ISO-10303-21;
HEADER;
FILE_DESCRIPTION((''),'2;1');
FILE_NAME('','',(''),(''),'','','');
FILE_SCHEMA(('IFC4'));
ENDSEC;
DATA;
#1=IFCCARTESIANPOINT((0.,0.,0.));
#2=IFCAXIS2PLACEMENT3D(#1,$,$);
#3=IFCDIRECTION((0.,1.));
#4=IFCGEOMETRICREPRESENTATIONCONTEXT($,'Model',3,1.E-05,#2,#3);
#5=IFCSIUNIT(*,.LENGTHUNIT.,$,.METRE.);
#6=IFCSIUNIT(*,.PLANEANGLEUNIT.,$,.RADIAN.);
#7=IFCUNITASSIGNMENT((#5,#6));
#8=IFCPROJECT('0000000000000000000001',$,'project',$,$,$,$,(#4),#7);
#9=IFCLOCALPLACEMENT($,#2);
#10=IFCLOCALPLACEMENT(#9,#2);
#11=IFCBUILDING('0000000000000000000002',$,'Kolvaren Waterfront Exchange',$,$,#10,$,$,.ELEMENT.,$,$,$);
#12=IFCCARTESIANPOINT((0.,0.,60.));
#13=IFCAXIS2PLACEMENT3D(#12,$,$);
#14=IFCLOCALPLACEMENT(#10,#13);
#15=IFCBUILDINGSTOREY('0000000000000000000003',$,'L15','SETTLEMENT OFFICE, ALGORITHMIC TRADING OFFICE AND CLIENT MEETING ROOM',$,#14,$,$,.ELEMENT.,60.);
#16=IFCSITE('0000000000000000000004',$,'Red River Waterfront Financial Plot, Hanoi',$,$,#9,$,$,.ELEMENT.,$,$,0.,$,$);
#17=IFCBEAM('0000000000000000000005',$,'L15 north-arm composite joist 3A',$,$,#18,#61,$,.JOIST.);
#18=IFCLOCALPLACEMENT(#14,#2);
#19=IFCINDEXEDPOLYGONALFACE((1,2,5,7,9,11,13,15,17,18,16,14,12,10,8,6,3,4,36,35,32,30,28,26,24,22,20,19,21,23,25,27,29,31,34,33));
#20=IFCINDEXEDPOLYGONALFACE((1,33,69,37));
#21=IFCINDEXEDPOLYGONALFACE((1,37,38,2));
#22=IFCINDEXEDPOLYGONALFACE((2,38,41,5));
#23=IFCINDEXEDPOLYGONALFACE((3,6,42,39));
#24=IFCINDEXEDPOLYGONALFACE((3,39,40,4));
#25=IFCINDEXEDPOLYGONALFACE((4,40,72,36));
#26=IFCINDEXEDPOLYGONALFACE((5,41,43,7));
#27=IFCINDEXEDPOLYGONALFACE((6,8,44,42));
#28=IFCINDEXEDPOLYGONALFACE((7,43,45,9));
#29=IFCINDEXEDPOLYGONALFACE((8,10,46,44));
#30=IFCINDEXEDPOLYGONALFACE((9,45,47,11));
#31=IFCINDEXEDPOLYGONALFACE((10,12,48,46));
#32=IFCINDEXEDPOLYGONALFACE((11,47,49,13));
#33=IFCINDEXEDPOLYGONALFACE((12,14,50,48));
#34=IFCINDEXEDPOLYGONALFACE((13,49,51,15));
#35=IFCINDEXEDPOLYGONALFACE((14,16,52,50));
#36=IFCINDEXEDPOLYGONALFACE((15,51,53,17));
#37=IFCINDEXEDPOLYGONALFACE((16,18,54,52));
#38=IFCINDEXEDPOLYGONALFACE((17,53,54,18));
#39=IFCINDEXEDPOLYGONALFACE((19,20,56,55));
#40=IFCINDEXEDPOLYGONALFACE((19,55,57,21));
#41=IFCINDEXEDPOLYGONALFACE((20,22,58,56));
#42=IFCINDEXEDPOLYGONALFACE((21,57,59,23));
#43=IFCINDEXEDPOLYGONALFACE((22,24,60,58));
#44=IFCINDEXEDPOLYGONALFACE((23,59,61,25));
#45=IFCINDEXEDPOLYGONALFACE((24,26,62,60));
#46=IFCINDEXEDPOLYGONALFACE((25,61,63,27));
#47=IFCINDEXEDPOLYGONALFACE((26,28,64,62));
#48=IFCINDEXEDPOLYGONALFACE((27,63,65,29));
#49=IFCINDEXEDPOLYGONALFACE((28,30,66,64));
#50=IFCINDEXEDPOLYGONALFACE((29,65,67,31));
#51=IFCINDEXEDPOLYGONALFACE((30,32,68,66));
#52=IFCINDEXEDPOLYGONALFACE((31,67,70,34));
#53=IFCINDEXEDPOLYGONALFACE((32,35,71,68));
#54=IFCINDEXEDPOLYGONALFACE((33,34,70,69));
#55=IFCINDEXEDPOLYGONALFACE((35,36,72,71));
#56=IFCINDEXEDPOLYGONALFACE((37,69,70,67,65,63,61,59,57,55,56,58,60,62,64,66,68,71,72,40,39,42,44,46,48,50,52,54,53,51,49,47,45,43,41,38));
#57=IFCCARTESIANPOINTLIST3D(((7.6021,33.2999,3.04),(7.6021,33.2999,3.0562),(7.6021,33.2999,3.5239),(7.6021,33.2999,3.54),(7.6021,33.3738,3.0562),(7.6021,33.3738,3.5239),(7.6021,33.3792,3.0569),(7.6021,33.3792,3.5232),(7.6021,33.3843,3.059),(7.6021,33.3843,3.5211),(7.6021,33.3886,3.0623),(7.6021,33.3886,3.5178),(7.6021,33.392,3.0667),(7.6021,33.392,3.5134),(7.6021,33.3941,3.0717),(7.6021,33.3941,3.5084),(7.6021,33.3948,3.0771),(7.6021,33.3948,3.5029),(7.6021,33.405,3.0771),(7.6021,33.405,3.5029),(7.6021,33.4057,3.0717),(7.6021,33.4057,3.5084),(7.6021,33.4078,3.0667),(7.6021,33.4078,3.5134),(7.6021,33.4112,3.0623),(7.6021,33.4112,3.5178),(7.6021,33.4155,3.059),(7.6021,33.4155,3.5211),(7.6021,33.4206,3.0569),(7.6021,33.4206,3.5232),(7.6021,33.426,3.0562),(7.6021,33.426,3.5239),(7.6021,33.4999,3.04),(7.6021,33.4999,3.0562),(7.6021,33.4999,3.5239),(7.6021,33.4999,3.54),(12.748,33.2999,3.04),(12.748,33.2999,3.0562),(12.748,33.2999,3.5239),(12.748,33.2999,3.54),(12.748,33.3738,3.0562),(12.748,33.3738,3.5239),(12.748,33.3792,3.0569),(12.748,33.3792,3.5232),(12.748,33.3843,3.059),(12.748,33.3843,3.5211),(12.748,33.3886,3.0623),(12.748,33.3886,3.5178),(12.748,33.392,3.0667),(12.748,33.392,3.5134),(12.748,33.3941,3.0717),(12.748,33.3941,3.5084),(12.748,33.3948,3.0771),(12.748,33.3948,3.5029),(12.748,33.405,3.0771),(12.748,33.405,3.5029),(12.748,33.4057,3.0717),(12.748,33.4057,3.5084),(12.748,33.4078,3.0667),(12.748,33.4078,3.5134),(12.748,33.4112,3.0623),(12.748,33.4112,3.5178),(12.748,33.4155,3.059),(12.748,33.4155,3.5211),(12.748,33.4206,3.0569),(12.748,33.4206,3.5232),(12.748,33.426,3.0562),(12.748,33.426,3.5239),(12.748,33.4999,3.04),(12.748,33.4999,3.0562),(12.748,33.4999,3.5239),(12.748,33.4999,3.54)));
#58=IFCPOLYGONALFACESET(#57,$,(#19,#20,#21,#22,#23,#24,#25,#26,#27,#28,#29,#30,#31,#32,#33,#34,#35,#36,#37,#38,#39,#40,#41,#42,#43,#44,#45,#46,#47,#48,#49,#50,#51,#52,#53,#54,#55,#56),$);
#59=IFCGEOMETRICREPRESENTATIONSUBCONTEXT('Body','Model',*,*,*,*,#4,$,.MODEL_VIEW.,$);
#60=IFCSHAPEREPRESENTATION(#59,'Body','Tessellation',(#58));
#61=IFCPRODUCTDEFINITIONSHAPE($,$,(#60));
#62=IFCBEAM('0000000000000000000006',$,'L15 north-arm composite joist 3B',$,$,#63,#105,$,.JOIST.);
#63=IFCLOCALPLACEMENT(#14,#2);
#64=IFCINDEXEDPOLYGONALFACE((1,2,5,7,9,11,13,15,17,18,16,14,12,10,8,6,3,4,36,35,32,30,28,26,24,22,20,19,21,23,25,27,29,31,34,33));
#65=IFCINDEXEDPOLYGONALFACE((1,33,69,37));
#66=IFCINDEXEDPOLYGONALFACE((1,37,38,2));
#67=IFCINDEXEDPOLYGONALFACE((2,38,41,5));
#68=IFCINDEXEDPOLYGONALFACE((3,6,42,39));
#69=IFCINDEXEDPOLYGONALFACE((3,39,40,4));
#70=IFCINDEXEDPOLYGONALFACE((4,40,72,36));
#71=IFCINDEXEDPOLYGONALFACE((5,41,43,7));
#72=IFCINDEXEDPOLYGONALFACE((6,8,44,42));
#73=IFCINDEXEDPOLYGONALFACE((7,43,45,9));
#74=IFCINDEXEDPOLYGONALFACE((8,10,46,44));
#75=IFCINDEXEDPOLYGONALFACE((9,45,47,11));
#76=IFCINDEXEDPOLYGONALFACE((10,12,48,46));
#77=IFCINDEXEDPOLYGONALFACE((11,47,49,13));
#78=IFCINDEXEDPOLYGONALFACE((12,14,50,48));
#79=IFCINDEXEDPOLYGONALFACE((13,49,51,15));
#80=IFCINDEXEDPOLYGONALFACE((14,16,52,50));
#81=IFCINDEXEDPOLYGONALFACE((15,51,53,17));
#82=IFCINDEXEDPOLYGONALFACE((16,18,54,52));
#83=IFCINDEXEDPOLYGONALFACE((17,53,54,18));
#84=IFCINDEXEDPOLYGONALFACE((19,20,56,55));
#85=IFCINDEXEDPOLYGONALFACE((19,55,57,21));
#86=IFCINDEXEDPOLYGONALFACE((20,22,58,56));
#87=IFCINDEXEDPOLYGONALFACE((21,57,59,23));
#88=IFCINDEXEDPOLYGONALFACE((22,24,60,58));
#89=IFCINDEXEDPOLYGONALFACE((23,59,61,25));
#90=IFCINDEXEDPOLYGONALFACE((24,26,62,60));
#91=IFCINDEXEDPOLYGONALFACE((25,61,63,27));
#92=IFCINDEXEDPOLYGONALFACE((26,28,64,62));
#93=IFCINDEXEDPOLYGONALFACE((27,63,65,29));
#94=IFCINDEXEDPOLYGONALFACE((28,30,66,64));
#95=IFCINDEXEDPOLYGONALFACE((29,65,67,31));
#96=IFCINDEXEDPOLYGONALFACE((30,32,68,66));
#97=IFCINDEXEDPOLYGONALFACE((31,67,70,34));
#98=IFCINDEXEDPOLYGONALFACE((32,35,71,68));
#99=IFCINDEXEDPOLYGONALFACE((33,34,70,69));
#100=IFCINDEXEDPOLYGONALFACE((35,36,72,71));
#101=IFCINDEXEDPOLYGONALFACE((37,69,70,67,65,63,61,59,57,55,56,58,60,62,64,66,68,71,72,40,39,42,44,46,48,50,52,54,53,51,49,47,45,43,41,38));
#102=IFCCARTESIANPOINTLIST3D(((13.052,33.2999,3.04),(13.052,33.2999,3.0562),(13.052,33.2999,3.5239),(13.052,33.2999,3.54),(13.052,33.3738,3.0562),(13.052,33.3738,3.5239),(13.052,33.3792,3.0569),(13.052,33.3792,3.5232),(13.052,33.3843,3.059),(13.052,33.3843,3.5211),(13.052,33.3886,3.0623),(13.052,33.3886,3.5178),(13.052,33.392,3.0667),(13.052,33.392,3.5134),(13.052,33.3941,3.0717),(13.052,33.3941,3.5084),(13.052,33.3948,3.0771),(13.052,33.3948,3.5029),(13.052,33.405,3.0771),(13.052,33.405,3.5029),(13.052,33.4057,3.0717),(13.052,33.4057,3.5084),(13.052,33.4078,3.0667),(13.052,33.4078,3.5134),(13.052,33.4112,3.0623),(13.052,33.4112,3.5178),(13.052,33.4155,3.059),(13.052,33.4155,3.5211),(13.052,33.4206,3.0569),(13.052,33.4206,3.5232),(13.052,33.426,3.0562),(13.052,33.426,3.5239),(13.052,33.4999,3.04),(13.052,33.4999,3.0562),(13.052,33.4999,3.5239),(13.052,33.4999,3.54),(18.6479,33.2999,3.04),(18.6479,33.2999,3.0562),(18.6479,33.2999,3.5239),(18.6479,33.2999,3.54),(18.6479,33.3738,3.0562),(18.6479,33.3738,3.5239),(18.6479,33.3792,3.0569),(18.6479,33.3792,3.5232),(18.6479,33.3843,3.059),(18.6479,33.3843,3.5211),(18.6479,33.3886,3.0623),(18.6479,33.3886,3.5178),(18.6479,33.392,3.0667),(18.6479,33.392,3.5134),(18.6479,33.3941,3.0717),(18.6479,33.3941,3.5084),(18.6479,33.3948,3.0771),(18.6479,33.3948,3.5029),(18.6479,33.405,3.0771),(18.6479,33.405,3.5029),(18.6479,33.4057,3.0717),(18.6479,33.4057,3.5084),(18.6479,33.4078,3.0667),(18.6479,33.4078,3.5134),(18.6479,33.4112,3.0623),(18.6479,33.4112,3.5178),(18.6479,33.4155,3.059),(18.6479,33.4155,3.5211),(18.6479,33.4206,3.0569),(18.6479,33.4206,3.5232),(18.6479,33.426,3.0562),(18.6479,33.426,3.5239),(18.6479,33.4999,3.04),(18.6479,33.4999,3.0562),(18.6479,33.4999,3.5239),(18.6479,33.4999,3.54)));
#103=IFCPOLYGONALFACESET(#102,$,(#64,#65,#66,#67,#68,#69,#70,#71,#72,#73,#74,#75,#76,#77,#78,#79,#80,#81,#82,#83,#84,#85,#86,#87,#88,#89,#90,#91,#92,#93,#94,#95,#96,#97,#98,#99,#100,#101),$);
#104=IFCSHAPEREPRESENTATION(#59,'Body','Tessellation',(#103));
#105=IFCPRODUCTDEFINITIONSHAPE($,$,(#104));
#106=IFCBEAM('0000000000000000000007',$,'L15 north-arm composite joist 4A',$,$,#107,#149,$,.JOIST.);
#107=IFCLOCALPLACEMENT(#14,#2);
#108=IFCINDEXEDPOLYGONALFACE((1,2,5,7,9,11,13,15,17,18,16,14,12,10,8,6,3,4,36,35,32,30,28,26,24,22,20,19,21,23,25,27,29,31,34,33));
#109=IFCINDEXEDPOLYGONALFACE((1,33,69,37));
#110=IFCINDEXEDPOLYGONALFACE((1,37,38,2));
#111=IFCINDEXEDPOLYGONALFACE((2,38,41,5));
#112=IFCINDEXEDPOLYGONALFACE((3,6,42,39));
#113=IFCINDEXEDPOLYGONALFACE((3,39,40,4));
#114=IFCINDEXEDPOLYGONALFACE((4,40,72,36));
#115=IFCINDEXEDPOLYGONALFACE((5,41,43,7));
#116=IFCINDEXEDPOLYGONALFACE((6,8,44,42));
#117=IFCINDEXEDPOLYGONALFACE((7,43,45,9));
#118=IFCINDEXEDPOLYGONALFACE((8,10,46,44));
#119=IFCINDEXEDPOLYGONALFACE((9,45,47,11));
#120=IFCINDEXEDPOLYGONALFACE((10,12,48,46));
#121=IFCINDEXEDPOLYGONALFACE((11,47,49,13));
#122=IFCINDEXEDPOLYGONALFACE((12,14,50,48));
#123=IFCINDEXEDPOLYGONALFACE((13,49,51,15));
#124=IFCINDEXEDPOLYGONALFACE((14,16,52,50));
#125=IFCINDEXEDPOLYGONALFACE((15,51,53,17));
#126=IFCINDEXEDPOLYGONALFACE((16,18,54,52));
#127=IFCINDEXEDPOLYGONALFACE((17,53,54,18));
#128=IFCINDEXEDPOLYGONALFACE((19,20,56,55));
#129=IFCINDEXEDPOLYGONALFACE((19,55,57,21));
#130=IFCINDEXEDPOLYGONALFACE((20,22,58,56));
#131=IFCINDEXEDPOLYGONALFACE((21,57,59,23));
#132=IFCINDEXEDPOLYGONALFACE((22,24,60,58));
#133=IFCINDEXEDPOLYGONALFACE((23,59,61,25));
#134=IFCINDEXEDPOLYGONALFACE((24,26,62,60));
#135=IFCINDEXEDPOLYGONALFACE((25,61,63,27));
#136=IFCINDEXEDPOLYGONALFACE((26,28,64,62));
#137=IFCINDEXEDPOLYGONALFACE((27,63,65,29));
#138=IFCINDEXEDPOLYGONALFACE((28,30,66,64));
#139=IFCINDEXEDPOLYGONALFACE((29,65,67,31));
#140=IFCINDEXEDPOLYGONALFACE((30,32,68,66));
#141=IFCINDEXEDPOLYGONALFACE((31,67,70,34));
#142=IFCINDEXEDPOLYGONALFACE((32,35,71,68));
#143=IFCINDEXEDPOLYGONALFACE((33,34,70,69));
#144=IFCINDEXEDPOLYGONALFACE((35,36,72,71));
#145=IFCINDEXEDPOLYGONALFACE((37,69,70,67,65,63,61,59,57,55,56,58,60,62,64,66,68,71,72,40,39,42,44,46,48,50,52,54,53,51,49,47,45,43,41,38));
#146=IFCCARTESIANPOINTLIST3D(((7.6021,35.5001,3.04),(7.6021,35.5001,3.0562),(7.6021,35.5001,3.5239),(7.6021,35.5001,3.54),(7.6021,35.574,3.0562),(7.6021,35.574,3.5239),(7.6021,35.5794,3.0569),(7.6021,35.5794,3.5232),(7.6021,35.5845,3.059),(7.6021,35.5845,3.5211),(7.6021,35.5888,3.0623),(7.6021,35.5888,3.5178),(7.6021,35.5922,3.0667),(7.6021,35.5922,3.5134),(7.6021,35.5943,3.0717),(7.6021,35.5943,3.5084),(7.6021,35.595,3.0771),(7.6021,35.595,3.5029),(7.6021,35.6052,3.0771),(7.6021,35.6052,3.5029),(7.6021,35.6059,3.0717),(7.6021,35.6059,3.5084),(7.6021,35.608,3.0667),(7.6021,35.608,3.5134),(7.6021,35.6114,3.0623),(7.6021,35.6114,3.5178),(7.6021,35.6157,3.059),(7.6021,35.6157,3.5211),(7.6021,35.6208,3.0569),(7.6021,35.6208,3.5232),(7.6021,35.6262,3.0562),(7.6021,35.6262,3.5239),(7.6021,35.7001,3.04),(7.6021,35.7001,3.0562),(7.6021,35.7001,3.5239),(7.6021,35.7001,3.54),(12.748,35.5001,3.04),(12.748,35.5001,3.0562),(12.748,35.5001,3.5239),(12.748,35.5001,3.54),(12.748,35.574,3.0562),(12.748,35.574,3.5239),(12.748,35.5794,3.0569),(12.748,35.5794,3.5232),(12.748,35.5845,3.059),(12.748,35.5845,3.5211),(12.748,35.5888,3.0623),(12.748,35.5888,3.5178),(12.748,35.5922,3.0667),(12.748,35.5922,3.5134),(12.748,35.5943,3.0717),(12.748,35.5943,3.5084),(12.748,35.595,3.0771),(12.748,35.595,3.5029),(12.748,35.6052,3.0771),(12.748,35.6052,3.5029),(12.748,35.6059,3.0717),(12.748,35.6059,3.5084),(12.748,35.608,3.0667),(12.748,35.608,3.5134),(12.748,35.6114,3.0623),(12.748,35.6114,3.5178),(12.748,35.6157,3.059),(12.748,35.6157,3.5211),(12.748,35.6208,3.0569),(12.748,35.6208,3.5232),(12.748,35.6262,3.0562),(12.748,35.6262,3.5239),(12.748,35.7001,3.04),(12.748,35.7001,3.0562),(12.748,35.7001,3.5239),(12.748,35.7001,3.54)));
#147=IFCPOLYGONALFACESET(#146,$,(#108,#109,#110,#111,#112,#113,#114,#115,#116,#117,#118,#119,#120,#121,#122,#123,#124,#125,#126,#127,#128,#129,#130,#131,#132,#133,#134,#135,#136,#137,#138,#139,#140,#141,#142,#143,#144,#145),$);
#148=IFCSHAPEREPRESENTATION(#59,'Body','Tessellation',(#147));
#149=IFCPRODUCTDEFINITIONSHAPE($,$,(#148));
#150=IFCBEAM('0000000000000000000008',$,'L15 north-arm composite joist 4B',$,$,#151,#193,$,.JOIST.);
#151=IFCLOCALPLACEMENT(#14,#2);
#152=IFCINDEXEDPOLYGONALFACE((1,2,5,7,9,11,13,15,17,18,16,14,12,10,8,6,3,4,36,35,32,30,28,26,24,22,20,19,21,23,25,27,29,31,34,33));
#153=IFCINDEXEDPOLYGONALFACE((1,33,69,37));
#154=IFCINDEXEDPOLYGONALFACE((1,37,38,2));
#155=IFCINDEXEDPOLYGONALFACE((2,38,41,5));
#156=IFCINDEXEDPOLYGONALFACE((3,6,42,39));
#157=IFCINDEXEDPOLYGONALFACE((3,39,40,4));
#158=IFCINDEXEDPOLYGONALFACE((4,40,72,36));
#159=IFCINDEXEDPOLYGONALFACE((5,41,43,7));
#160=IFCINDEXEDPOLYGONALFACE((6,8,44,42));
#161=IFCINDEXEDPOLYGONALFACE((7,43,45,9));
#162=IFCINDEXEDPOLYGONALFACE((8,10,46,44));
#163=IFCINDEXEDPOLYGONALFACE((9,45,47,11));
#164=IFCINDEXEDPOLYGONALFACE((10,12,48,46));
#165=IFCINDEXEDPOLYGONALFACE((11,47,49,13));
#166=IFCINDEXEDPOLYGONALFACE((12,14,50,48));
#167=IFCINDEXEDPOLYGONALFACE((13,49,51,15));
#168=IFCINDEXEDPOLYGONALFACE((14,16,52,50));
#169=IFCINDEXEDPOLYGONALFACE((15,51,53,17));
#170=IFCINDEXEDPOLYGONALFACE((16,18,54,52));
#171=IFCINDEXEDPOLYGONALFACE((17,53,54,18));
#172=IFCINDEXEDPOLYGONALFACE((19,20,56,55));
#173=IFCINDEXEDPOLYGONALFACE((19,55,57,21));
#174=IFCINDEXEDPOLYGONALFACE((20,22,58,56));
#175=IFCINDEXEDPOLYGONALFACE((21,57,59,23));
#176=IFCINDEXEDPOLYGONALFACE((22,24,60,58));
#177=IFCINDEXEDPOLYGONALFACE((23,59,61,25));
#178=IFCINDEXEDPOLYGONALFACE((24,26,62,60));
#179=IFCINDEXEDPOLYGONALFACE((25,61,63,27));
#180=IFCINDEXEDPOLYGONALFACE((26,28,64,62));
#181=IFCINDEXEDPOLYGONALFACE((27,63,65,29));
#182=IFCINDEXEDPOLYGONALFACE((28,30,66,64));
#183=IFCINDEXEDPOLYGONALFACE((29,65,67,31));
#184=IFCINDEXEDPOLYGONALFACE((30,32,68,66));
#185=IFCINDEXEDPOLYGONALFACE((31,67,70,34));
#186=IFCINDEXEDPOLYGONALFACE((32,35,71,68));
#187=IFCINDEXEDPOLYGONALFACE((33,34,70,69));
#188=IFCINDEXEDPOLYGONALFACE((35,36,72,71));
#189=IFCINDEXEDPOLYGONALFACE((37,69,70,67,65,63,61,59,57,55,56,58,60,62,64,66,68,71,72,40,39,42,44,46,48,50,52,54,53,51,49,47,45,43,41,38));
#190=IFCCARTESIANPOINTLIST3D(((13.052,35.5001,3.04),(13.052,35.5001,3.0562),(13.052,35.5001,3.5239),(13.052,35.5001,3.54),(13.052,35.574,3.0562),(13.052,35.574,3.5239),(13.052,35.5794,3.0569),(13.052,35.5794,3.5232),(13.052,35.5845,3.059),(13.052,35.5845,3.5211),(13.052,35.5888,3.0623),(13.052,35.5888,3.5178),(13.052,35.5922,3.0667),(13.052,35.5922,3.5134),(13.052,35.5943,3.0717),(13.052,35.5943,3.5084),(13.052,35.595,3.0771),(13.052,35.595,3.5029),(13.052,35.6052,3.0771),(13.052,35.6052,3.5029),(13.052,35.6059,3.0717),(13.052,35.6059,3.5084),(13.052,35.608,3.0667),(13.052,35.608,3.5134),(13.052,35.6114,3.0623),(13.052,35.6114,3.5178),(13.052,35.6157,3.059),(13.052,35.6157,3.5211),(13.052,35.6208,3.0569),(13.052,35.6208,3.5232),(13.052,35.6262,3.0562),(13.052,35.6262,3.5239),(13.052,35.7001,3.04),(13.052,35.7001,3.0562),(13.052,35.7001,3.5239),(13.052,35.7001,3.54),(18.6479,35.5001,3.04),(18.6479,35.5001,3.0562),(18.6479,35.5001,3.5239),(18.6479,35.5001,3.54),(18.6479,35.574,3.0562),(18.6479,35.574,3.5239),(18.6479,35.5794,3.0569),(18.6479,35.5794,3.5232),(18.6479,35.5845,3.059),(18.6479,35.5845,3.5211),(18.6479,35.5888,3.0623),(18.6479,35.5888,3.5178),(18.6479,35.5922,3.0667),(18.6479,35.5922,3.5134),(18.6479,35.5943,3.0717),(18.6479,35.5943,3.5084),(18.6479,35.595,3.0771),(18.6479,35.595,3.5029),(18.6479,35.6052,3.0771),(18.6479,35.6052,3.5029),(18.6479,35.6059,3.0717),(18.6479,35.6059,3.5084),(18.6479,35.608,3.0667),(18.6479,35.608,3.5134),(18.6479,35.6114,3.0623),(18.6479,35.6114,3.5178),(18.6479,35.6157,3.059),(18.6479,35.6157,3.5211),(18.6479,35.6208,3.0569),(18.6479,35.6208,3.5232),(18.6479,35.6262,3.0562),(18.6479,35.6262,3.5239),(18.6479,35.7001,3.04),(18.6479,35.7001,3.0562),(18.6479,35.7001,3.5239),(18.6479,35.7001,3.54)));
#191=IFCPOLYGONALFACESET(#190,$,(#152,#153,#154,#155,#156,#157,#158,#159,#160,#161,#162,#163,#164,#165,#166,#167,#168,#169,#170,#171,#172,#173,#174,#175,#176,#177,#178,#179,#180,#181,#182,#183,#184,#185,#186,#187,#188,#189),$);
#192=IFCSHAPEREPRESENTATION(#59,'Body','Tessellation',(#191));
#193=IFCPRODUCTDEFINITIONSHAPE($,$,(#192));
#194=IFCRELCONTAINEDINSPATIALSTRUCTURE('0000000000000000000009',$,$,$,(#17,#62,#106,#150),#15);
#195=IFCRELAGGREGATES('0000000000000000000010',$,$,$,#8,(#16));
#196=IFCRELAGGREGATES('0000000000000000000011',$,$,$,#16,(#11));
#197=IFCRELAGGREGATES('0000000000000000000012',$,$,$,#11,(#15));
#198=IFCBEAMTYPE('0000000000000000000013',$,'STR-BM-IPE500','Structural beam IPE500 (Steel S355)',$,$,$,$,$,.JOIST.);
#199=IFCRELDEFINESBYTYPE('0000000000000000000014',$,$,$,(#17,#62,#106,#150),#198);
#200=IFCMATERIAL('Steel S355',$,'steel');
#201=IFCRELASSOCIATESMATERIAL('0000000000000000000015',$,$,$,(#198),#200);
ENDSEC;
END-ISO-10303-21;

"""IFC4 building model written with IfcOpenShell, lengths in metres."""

from ifc_helpers import new_model, si_unit, direction, frame, origin, origin_2d, place, context, subcontext, project, spatial, i_section, extrude, material, material_profile, profile_set, type_object, element, save


model = new_model("IFC4")

# Units and contexts
model_context = context("Model", 3, precision=1e-05, world=origin(), true_north=direction((0.0, 1.0)))
body_context = subcontext(model_context, "Body", "Model", "MODEL_VIEW")
ifc_project = project(units=[si_unit("LENGTHUNIT", "METRE"), si_unit("PLANEANGLEUNIT", "RADIAN")], contexts=[model_context])

# Site, building, storey
site_placement = place(None, origin())
site = spatial("IfcSite", under=ifc_project, at=site_placement, Name="Red River Waterfront Financial Plot, Hanoi", CompositionType="ELEMENT", RefElevation=0.0)
building_placement = place(site_placement, origin())
building = spatial("IfcBuilding", under=site, at=building_placement, Name="Kolvaren Waterfront Exchange", CompositionType="ELEMENT")
storey_placement = place(building_placement, frame((0.0, 0.0, 60.0)))
storey = spatial("IfcBuildingStorey", under=building, at=storey_placement, Name="L15", Description="SETTLEMENT OFFICE, ALGORITHMIC TRADING OFFICE AND CLIENT MEETING ROOM", CompositionType="ELEMENT", Elevation=60.0)

# Beams
ifc_material_1 = material(Name="Steel S355", Category="steel")
ifc_material_profile_1 = material_profile(ifc_material_1, i_section(OverallWidth=0.2, OverallDepth=0.5, WebThickness=0.0103, FlangeThickness=0.0161, FilletRadius=0.021, at=origin_2d()), Name="IPE500")
ifc_profile_set_1 = profile_set([ifc_material_profile_1], Name="Steel S355")
beam_type_1 = type_object("IfcBeamType", Name="STR-BM-IPE500", Description="Structural beam IPE500 (Steel S355)", PredefinedType="JOIST", material=ifc_profile_set_1)
beam_1_placement = place(storey_placement, frame((7.6021, 33.3999, 3.29), z_axis=(1.0, 0.0, 0.0), x_axis=(0.0, 1.0, 0.0)))
element("IfcBeam", 1, at=beam_1_placement, inside=storey, type_object=beam_type_1, Name="L15 north-arm composite joist 3A", PredefinedType="JOIST", context=body_context, shape_type="SweptSolid", body=[
    extrude(i_section(OverallWidth=0.2, OverallDepth=0.5, WebThickness=0.0103, FlangeThickness=0.0161, FilletRadius=0.021, at=origin_2d()), origin(), (0.0, 0.0, 1.0), 5.146),
])
beam_2_placement = place(storey_placement, frame((13.052, 33.3999, 3.29), z_axis=(1.0, 0.0, 0.0), x_axis=(0.0, 1.0, 0.0)))
element("IfcBeam", 2, at=beam_2_placement, inside=storey, type_object=beam_type_1, Name="L15 north-arm composite joist 3B", PredefinedType="JOIST", context=body_context, shape_type="SweptSolid", body=[
    extrude(i_section(OverallWidth=0.2, OverallDepth=0.5, WebThickness=0.0103, FlangeThickness=0.0161, FilletRadius=0.021, at=origin_2d()), origin(), (0.0, 0.0, 1.0), 5.5959),
])
beam_3_placement = place(storey_placement, frame((7.6021, 35.6001, 3.29), z_axis=(1.0, 0.0, 0.0), x_axis=(0.0, 1.0, 0.0)))
element("IfcBeam", 3, at=beam_3_placement, inside=storey, type_object=beam_type_1, Name="L15 north-arm composite joist 4A", PredefinedType="JOIST", context=body_context, shape_type="SweptSolid", body=[
    extrude(i_section(OverallWidth=0.2, OverallDepth=0.5, WebThickness=0.0103, FlangeThickness=0.0161, FilletRadius=0.021, at=origin_2d()), origin(), (0.0, 0.0, 1.0), 5.146),
])
beam_4_placement = place(storey_placement, frame((13.052, 35.6001, 3.29), z_axis=(1.0, 0.0, 0.0), x_axis=(0.0, 1.0, 0.0)))
element("IfcBeam", 4, at=beam_4_placement, inside=storey, type_object=beam_type_1, Name="L15 north-arm composite joist 4B", PredefinedType="JOIST", context=body_context, shape_type="SweptSolid", body=[
    extrude(i_section(OverallWidth=0.2, OverallDepth=0.5, WebThickness=0.0103, FlangeThickness=0.0161, FilletRadius=0.021, at=origin_2d()), origin(), (0.0, 0.0, 1.0), 5.5959),
])

save(model, "model.ifc")
